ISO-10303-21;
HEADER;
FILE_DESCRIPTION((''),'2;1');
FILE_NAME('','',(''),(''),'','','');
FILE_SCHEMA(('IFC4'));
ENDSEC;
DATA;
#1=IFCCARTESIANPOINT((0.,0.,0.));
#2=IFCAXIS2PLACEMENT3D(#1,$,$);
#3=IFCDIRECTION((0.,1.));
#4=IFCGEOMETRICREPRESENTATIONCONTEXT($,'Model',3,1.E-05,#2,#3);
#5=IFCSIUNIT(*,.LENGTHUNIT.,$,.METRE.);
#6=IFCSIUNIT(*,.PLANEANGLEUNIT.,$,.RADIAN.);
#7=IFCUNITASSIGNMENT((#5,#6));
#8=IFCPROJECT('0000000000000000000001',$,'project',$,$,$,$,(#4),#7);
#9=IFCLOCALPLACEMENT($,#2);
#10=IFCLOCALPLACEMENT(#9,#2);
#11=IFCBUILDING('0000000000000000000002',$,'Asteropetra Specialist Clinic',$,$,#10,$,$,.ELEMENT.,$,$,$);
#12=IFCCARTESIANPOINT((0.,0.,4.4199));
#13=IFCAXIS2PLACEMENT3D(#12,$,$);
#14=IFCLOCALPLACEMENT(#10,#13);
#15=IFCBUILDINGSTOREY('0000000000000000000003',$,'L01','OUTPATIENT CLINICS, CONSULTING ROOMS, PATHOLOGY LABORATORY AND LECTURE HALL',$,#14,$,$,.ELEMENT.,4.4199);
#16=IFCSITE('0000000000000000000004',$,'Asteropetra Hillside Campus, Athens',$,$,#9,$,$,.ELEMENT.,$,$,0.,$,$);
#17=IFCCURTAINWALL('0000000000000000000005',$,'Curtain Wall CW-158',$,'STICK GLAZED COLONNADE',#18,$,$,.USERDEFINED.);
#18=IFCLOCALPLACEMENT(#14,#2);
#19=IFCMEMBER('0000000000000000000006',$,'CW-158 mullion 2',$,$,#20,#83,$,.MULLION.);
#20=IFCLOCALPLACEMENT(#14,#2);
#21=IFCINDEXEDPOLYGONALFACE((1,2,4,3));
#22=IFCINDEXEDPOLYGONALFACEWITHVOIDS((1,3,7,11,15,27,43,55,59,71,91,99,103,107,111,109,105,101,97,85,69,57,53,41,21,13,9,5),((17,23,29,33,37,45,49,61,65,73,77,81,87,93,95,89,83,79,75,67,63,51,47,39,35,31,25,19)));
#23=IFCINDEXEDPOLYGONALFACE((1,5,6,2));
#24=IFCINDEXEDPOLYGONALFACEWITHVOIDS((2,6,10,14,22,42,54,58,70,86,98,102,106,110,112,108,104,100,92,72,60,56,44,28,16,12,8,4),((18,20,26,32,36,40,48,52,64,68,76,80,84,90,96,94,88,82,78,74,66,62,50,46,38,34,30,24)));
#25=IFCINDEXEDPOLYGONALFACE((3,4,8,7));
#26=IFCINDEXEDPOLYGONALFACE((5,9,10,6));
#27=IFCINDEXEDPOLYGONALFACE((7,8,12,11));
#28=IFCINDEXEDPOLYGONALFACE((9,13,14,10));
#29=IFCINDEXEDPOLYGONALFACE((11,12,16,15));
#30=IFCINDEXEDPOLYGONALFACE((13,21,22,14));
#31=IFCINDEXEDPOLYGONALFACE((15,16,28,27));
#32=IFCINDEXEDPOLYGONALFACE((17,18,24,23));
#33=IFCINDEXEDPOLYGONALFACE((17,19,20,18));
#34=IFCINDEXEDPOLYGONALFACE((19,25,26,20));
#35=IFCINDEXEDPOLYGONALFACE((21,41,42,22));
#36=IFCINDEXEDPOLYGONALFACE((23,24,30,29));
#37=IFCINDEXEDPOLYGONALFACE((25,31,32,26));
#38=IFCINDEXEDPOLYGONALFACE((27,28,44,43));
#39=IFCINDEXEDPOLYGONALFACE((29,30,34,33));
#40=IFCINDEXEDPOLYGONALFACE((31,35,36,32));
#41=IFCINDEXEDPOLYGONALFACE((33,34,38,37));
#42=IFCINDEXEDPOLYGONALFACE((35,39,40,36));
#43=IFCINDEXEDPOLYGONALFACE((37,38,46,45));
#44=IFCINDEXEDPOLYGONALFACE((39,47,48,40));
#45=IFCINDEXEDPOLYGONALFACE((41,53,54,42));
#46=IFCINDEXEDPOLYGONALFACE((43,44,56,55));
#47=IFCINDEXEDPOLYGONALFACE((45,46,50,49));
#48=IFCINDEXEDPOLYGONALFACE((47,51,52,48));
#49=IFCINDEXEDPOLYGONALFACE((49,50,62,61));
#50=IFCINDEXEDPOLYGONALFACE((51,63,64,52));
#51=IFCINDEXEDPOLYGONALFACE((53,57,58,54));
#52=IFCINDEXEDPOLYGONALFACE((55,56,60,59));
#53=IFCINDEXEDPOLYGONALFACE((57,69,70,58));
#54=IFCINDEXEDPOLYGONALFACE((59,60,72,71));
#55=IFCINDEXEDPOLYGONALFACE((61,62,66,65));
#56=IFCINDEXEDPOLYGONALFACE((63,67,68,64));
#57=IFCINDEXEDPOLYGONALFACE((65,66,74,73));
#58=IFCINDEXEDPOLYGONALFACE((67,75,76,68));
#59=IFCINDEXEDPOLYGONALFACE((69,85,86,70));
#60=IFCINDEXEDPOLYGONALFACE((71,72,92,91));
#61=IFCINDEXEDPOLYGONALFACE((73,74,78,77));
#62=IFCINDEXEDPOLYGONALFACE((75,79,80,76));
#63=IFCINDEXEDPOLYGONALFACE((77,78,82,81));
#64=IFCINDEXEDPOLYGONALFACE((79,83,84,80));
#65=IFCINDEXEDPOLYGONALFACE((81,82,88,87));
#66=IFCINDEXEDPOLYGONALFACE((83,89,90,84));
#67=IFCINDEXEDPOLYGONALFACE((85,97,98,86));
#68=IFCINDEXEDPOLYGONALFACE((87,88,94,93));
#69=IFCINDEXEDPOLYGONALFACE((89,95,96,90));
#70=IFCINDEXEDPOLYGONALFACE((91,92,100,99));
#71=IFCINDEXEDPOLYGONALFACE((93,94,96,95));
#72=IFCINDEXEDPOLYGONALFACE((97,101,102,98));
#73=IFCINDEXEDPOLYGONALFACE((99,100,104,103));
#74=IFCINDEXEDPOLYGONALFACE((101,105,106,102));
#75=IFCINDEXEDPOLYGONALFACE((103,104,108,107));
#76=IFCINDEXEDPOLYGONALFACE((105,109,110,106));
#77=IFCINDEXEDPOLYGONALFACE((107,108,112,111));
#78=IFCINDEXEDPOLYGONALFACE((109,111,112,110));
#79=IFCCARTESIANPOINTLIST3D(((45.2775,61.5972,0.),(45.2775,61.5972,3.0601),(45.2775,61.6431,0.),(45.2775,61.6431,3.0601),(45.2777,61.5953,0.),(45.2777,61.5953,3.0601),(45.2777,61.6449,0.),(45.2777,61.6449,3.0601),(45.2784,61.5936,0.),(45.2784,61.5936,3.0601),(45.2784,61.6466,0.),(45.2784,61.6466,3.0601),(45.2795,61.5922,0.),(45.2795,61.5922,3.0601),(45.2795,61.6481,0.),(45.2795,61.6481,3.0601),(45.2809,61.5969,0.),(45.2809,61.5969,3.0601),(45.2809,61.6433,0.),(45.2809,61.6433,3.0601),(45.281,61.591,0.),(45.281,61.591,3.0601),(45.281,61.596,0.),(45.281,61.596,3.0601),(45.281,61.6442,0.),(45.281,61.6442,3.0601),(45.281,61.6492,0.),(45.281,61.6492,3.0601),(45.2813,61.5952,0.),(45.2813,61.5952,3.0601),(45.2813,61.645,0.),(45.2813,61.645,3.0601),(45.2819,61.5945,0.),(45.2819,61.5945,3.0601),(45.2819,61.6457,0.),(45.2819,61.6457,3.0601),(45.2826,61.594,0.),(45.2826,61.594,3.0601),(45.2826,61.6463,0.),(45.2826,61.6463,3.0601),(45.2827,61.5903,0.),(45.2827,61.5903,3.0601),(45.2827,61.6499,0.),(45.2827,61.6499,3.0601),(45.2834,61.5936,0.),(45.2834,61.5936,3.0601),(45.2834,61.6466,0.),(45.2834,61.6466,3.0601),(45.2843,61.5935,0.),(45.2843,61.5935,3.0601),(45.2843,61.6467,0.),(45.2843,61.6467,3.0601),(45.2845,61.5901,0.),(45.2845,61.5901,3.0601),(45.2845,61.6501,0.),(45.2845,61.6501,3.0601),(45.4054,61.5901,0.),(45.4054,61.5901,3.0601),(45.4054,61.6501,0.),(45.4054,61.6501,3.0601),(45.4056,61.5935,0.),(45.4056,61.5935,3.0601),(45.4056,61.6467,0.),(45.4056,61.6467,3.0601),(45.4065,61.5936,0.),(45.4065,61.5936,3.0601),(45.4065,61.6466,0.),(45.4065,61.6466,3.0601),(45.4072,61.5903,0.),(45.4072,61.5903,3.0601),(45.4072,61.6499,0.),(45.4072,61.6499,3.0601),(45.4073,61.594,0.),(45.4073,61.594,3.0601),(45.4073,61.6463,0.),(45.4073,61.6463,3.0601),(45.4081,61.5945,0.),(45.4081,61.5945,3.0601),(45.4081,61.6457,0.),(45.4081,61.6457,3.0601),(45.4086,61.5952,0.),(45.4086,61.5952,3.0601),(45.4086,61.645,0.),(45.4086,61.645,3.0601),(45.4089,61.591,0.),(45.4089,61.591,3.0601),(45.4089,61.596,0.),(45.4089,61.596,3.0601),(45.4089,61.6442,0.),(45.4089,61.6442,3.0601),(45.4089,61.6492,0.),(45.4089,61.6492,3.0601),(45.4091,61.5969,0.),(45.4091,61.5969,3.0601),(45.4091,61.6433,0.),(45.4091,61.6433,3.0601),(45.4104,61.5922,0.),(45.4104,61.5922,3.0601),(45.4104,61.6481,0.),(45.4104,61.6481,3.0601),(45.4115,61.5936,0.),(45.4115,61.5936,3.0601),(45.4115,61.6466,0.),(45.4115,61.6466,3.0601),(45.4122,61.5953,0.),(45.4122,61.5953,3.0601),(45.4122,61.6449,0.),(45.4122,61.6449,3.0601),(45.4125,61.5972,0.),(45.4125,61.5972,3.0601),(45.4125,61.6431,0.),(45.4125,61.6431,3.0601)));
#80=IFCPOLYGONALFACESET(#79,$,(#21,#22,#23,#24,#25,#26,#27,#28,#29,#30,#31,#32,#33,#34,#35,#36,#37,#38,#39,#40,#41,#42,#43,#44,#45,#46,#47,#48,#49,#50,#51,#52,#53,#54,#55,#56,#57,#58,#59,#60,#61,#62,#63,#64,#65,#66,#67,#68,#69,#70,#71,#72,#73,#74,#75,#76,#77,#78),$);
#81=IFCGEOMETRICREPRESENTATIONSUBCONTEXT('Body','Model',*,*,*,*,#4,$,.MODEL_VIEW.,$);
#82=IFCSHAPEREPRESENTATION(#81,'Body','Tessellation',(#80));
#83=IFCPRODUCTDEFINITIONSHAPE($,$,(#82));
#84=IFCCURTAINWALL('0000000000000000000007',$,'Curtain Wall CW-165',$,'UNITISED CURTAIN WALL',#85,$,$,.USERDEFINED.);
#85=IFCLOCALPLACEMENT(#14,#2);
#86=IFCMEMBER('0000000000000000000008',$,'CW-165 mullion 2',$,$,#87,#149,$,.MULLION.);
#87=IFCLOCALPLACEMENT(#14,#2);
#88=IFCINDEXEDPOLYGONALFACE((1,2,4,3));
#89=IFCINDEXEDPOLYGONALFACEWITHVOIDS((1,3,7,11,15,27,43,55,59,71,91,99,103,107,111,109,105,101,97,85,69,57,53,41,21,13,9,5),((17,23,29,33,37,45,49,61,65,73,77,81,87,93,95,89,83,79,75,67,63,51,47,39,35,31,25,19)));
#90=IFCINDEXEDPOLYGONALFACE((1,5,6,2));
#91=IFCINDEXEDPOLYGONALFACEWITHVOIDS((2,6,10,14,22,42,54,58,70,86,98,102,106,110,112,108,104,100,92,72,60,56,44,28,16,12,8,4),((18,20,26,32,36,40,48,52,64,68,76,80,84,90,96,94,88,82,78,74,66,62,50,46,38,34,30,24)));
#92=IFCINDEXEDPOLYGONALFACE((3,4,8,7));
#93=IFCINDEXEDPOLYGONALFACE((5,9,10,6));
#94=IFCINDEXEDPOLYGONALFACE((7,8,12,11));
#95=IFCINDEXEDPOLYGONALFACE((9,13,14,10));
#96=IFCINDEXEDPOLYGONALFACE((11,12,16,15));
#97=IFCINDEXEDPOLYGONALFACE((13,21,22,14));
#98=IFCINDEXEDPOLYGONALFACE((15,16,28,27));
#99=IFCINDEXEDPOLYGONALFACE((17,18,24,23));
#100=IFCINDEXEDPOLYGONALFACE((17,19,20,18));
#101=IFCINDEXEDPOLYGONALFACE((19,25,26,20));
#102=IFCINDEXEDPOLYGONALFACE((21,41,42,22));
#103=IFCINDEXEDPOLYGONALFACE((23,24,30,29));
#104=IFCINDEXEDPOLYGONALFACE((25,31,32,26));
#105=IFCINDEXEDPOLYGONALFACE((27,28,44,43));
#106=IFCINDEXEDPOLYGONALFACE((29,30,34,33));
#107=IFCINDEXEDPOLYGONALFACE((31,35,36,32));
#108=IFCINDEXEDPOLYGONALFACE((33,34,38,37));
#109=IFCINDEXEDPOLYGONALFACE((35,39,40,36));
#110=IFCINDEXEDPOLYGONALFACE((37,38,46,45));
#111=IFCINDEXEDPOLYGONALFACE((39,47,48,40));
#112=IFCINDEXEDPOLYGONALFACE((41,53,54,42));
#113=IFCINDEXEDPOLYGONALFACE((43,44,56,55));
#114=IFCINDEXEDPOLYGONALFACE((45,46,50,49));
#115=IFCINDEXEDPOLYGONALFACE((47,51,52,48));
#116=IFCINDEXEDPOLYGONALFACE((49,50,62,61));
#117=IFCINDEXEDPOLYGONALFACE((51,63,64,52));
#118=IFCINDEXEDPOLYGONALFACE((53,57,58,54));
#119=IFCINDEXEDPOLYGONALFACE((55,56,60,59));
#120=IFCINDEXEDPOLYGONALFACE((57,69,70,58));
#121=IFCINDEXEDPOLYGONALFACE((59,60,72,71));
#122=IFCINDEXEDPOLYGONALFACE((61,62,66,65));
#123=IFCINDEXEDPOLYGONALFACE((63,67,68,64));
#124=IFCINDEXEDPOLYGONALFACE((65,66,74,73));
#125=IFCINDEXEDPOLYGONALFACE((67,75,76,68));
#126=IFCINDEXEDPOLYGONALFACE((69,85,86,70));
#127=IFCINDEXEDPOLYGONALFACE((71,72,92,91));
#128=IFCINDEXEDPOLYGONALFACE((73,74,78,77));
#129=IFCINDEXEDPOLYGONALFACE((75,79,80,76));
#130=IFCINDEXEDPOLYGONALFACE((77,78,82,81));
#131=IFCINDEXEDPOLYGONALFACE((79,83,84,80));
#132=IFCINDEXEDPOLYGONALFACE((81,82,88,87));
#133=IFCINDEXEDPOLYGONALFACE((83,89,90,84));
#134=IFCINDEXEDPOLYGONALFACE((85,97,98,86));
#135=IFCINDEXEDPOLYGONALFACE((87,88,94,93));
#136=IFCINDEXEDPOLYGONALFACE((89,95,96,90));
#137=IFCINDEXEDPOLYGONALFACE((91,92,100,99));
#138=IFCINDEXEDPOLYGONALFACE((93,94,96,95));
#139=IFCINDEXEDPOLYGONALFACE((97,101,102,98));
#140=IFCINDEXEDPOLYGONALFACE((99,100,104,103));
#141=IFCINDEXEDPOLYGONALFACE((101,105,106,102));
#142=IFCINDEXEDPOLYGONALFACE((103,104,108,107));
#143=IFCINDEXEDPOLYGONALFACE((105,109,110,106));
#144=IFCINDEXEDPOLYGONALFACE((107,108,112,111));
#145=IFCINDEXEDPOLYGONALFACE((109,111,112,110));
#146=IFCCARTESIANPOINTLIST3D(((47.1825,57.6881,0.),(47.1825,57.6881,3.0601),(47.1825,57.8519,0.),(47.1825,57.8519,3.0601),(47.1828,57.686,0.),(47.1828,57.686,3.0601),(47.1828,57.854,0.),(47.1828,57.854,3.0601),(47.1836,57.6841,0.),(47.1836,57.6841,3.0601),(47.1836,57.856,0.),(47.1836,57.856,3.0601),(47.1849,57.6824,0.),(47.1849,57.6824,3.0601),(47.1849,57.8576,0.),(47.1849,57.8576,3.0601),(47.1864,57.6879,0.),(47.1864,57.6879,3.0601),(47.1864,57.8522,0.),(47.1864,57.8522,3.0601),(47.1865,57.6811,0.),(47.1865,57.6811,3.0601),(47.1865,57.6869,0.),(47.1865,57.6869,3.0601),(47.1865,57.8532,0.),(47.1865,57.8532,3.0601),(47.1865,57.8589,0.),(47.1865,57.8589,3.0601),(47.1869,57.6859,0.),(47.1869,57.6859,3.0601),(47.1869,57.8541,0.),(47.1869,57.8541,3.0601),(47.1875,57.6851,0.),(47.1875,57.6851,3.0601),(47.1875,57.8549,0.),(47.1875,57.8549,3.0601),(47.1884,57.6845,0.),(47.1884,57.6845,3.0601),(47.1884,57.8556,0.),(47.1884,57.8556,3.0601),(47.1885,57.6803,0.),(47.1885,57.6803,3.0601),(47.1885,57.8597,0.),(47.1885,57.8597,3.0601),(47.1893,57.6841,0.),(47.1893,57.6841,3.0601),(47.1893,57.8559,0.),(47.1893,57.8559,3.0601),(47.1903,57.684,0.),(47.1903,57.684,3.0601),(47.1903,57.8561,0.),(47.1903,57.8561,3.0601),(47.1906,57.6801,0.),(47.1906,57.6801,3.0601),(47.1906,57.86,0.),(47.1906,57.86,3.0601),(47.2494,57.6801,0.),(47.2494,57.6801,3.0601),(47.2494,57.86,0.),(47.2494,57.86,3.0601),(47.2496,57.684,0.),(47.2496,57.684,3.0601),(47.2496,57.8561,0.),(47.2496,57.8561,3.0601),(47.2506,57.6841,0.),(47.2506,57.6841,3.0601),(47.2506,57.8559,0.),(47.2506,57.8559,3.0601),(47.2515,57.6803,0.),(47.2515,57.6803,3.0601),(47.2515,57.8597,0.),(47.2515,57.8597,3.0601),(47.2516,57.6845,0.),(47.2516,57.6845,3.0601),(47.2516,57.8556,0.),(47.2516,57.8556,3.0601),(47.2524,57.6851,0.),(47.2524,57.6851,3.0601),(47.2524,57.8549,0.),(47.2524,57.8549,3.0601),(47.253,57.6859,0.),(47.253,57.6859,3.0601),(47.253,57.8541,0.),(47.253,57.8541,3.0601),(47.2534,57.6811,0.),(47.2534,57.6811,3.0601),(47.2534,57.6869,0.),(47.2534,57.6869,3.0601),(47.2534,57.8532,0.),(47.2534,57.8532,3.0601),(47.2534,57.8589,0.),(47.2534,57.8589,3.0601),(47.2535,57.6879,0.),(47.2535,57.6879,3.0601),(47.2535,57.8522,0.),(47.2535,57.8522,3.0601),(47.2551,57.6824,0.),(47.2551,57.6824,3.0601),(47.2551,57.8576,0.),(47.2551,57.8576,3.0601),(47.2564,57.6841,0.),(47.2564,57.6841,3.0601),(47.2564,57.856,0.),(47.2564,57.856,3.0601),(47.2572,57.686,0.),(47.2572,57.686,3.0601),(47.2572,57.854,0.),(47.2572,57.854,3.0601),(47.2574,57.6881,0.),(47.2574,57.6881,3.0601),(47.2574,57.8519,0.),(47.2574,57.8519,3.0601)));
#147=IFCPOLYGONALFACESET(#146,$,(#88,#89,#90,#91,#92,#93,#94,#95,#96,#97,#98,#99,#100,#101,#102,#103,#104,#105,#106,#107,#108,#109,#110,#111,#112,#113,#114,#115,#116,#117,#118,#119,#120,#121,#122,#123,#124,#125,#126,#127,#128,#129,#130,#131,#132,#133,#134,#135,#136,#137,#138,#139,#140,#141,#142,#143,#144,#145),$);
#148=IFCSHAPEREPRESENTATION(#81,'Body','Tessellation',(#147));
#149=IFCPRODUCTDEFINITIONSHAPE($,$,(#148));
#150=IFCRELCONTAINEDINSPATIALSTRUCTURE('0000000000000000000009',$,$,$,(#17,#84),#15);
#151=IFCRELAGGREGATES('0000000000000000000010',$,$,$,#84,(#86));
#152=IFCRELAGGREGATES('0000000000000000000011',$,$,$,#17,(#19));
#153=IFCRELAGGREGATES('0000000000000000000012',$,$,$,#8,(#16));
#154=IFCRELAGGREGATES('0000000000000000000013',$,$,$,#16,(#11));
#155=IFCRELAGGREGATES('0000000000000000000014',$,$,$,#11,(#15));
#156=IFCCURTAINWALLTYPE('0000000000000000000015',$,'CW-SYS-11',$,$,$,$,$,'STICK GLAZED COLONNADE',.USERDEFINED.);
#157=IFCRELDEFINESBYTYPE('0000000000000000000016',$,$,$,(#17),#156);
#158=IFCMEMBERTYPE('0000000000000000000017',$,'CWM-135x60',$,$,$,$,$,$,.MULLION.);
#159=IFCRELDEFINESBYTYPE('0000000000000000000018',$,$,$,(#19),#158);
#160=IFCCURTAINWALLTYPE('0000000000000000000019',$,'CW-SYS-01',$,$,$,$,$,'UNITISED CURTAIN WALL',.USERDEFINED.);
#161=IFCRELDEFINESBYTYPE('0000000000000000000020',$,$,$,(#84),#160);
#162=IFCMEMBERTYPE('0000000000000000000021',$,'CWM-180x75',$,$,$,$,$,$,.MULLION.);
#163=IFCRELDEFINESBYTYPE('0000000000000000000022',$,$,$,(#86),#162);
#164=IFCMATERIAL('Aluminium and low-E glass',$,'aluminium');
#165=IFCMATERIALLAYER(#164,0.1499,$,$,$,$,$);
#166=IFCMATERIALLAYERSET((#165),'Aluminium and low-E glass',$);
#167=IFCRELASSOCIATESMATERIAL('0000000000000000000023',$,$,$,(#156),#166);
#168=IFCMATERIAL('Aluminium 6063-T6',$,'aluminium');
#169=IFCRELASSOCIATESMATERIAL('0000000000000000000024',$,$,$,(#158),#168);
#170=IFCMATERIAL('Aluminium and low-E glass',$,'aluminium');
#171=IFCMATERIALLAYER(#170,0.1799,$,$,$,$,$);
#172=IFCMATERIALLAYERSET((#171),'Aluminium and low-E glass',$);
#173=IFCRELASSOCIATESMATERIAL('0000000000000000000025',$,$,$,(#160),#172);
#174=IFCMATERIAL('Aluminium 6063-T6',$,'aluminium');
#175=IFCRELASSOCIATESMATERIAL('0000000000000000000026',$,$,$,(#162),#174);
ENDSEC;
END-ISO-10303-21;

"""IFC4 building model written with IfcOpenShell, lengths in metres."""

from ifc_helpers import new_model, si_unit, direction, frame, origin, origin_2d, place, context, subcontext, project, spatial, hollow_rectangle, extrude, material, layer, layer_set, material_profile, profile_set, type_object, element, aggregate, save


model = new_model("IFC4")

# Units and contexts
model_context = context("Model", 3, precision=1e-05, world=origin(), true_north=direction((0.0, 1.0)))
body_context = subcontext(model_context, "Body", "Model", "MODEL_VIEW")
ifc_project = project(units=[si_unit("LENGTHUNIT", "METRE"), si_unit("PLANEANGLEUNIT", "RADIAN")], contexts=[model_context])

# Site, building, storey
site_placement = place(None, origin())
site = spatial("IfcSite", under=ifc_project, at=site_placement, Name="Asteropetra Hillside Campus, Athens", CompositionType="ELEMENT", RefElevation=0.0)
building_placement = place(site_placement, origin())
building = spatial("IfcBuilding", under=site, at=building_placement, Name="Asteropetra Specialist Clinic", CompositionType="ELEMENT")
storey_placement = place(building_placement, frame((0.0, 0.0, 4.4199)))
storey = spatial("IfcBuildingStorey", under=building, at=storey_placement, Name="L01", Description="OUTPATIENT CLINICS, CONSULTING ROOMS, PATHOLOGY LABORATORY AND LECTURE HALL", CompositionType="ELEMENT", Elevation=4.4199)

# Curtain walls, members
ifc_material_1 = material(Name="Aluminium and low-E glass", Category="aluminium")
ifc_layer_1 = layer(ifc_material_1, 0.1499)
ifc_layer_set_1 = layer_set([ifc_layer_1], Name="Aluminium and low-E glass")
curtain_wall_type_1 = type_object("IfcCurtainWallType", Name="CW-SYS-11", ElementType="STICK GLAZED COLONNADE", PredefinedType="USERDEFINED", material=ifc_layer_set_1)
curtain_wall_1_placement = place(storey_placement, origin())
curtain_wall_1 = element("IfcCurtainWall", 1, at=curtain_wall_1_placement, inside=storey, type_object=curtain_wall_type_1, Name="Curtain Wall CW-158", ObjectType="STICK GLAZED COLONNADE", PredefinedType="USERDEFINED")
ifc_material_2 = material(Name="Aluminium 6063-T6", Category="aluminium")
ifc_material_profile_1 = material_profile(ifc_material_2, hollow_rectangle(XDim=0.0601, YDim=0.135, WallThickness=0.0034, InnerFilletRadius=0.0034, OuterFilletRadius=0.0071, at=origin_2d()), Name="MUL 135x60x3.5")
ifc_profile_set_1 = profile_set([ifc_material_profile_1], Name="Aluminium 6063-T6")
member_type_1 = type_object("IfcMemberType", Name="CWM-135x60", PredefinedType="MULLION", material=ifc_profile_set_1)
member_1_placement = place(storey_placement, frame((45.345, 61.6201, 0.0), z_axis=(0.0, 0.0, 1.0), x_axis=(0.0, -1.0, 0.0)))
member_1 = element("IfcMember", 2, at=member_1_placement, type_object=member_type_1, Name="CW-158 mullion 2", PredefinedType="MULLION", context=body_context, shape_type="SweptSolid", body=[
    extrude(hollow_rectangle(XDim=0.0601, YDim=0.135, WallThickness=0.0034, InnerFilletRadius=0.0034, OuterFilletRadius=0.0071, at=origin_2d()), origin(), (0.0, 0.0, 1.0), 3.0601),
])
ifc_material_3 = material(Name="Aluminium and low-E glass", Category="aluminium")
ifc_layer_2 = layer(ifc_material_3, 0.1799)
ifc_layer_set_2 = layer_set([ifc_layer_2], Name="Aluminium and low-E glass")
curtain_wall_type_2 = type_object("IfcCurtainWallType", Name="CW-SYS-01", ElementType="UNITISED CURTAIN WALL", PredefinedType="USERDEFINED", material=ifc_layer_set_2)
curtain_wall_2_placement = place(storey_placement, origin())
curtain_wall_2 = element("IfcCurtainWall", 3, at=curtain_wall_2_placement, inside=storey, type_object=curtain_wall_type_2, Name="Curtain Wall CW-165", ObjectType="UNITISED CURTAIN WALL", PredefinedType="USERDEFINED")
ifc_material_4 = material(Name="Aluminium 6063-T6", Category="aluminium")
ifc_material_profile_2 = material_profile(ifc_material_4, hollow_rectangle(XDim=0.075, YDim=0.1799, WallThickness=0.0039, InnerFilletRadius=0.0039, OuterFilletRadius=0.0081, at=origin_2d()), Name="MUL 180x75x4.0")
ifc_profile_set_2 = profile_set([ifc_material_profile_2], Name="Aluminium 6063-T6")
member_type_2 = type_object("IfcMemberType", Name="CWM-180x75", PredefinedType="MULLION", material=ifc_profile_set_2)
member_2_placement = place(storey_placement, frame((47.22, 57.77, 0.0), z_axis=(0.0, 0.0, 1.0), x_axis=(-1.0, 0.0, 0.0)))
member_2 = element("IfcMember", 4, at=member_2_placement, type_object=member_type_2, Name="CW-165 mullion 2", PredefinedType="MULLION", context=body_context, shape_type="SweptSolid", body=[
    extrude(hollow_rectangle(XDim=0.075, YDim=0.1799, WallThickness=0.0039, InnerFilletRadius=0.0039, OuterFilletRadius=0.0081, at=origin_2d()), origin(), (0.0, 0.0, 1.0), 3.0601),
])

aggregate(curtain_wall_2, [member_2])
aggregate(curtain_wall_1, [member_1])

save(model, "model.ifc")
